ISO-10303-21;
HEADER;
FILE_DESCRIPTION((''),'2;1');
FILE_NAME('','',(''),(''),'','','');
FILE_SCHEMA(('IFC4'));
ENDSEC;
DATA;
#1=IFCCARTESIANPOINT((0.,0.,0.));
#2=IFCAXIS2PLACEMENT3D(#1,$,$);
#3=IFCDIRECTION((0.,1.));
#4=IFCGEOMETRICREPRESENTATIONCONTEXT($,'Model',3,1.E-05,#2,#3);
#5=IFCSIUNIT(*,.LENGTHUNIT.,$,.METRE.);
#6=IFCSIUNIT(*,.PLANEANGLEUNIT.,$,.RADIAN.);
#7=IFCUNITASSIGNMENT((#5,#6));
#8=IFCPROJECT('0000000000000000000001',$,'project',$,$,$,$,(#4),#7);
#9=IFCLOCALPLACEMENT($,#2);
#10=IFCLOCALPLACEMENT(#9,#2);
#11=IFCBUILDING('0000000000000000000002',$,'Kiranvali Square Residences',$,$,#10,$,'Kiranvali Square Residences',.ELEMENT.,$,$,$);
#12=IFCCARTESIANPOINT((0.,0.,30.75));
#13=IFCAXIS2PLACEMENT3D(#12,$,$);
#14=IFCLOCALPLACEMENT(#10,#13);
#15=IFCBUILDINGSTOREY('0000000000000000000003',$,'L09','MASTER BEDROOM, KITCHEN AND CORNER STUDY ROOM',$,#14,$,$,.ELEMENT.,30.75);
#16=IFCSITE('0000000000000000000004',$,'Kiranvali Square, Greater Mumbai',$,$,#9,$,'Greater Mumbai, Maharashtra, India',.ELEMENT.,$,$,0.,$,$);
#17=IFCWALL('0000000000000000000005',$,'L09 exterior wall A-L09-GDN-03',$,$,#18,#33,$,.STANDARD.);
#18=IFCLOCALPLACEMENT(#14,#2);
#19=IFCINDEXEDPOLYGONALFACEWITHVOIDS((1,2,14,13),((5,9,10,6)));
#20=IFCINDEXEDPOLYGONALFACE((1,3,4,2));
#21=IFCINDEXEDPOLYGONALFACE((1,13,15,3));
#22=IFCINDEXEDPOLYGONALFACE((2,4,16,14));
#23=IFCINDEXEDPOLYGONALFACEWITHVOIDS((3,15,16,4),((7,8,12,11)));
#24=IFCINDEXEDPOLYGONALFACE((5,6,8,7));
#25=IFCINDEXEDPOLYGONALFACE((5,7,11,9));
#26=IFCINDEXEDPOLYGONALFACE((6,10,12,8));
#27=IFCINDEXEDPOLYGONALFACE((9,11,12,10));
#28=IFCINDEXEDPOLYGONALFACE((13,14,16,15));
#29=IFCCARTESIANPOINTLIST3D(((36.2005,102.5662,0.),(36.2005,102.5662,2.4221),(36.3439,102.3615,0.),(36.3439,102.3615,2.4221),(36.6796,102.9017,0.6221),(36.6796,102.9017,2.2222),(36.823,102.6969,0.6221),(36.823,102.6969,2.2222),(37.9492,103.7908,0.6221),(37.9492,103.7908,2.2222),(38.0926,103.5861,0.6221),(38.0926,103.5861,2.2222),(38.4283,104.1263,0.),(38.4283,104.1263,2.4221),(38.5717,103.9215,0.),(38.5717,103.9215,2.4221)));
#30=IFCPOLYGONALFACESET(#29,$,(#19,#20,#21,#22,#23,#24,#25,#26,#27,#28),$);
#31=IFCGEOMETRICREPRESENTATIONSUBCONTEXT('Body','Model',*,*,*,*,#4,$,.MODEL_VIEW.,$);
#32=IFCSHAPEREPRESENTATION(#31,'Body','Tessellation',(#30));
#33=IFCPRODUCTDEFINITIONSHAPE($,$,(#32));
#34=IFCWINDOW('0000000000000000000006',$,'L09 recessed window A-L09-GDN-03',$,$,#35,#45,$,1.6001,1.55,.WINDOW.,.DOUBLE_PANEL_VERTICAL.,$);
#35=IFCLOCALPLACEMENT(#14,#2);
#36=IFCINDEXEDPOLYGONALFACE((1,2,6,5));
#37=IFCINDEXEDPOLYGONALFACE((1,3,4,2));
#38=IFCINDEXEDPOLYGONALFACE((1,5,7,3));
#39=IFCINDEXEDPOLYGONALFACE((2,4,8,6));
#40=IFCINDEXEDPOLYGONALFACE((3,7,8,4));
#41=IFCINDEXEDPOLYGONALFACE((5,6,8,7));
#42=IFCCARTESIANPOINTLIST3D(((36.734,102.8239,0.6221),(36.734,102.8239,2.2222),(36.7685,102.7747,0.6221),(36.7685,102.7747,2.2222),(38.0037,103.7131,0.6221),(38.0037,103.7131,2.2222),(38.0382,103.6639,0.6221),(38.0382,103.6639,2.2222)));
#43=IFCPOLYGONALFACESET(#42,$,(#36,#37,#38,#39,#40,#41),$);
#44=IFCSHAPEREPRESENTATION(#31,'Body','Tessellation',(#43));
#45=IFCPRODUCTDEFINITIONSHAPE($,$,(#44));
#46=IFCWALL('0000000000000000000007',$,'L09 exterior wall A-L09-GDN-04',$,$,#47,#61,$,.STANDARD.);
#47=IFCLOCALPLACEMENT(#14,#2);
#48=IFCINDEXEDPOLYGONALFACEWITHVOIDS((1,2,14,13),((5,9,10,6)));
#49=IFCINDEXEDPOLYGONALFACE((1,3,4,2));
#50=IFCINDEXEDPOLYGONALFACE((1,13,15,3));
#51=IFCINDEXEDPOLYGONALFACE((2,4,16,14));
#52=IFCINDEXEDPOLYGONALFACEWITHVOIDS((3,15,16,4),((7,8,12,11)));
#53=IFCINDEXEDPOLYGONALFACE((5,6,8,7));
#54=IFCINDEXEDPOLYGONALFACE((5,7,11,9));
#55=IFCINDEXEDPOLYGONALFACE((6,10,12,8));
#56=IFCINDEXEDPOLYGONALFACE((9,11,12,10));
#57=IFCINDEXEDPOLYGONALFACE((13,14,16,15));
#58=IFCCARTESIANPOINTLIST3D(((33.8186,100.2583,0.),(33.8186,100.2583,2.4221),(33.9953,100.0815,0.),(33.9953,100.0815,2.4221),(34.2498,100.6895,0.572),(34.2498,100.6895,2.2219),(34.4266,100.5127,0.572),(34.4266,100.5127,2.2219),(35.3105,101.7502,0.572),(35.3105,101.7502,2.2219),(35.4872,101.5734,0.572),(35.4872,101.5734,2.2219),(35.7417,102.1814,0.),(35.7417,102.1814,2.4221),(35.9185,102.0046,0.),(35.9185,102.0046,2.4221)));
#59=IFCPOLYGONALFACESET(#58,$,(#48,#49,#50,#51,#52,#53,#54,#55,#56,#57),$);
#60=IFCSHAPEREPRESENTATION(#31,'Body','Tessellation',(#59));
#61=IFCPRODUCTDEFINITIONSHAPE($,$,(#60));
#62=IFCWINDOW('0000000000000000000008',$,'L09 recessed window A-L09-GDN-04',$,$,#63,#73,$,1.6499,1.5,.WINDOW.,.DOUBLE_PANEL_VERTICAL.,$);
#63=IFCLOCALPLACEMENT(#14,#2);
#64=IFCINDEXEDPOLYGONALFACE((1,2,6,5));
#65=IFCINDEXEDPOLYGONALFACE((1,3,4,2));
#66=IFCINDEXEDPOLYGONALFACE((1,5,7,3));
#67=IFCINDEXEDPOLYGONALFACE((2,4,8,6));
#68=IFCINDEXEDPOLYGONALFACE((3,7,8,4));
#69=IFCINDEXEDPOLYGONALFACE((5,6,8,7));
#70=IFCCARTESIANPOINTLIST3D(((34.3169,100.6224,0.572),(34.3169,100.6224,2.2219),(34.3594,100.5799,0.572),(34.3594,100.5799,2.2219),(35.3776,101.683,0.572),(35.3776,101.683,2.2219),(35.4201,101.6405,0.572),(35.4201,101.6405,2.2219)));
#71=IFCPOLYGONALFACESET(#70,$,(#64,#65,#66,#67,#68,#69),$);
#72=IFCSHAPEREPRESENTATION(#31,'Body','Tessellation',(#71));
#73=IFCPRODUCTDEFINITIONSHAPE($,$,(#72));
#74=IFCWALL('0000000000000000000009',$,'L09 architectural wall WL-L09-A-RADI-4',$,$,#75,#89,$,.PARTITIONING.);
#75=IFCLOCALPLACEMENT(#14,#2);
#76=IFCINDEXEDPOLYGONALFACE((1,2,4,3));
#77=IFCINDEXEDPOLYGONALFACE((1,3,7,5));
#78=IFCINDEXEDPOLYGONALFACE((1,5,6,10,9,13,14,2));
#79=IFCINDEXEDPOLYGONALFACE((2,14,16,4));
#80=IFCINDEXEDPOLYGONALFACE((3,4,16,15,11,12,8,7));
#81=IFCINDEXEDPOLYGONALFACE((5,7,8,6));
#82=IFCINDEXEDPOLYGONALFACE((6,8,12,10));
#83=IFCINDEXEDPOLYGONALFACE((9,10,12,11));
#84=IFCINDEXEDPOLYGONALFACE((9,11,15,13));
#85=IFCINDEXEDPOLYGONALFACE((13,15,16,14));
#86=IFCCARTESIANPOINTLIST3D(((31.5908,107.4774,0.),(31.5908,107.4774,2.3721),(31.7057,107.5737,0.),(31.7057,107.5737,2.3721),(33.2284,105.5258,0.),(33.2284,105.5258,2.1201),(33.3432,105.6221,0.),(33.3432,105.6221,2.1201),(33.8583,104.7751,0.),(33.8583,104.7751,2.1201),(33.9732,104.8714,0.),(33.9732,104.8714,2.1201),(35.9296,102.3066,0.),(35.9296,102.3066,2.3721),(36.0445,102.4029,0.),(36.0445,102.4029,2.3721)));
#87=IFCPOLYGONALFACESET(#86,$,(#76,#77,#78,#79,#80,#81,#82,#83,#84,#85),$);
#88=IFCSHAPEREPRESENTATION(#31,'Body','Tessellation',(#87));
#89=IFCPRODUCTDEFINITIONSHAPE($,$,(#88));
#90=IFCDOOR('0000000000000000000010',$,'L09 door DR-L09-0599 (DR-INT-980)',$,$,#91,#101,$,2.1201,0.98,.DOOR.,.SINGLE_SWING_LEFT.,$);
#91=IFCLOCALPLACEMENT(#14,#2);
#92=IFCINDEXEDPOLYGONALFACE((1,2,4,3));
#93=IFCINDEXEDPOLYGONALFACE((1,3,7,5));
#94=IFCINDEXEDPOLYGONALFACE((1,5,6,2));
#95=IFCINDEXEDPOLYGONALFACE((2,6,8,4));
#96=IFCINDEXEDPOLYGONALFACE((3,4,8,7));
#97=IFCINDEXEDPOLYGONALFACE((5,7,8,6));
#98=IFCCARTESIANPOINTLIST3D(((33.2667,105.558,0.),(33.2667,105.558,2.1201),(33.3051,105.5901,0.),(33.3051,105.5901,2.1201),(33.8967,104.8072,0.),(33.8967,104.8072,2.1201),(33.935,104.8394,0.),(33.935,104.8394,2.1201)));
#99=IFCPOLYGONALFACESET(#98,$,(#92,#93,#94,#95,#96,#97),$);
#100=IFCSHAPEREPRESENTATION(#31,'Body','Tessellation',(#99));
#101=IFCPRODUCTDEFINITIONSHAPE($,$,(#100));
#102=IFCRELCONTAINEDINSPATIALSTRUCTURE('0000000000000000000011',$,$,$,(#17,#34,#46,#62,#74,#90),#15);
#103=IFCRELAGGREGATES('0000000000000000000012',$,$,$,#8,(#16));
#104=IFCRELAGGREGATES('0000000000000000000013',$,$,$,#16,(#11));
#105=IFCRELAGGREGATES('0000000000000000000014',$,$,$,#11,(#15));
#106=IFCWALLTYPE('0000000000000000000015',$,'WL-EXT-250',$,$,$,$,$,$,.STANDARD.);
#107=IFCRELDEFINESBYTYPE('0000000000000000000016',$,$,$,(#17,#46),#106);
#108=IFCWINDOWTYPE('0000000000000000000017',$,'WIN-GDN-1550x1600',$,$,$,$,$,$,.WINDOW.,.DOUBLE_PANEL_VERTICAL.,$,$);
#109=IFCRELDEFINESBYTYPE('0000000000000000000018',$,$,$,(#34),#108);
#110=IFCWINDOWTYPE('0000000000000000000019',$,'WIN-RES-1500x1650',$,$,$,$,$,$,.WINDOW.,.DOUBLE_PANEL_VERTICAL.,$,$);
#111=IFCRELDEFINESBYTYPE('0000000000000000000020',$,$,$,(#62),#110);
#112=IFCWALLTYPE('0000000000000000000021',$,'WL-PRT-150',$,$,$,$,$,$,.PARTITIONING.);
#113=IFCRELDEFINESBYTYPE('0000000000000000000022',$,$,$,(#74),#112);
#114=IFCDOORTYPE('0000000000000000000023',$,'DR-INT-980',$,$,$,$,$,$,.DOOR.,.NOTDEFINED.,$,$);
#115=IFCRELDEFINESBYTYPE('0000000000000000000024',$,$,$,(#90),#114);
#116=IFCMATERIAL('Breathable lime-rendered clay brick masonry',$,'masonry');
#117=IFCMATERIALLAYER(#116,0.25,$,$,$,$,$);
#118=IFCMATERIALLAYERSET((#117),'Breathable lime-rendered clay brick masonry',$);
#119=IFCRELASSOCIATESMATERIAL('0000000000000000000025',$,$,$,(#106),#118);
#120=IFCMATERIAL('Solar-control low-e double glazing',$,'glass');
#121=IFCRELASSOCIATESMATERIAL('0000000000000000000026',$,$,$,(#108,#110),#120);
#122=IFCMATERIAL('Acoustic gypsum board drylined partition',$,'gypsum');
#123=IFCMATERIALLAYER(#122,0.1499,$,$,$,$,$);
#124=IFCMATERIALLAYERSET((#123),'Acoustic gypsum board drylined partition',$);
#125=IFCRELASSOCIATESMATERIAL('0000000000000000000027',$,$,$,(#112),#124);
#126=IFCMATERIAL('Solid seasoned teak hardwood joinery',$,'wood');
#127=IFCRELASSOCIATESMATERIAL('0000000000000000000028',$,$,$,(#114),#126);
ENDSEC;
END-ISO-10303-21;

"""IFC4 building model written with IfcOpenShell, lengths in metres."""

from ifc_helpers import new_model, si_unit, direction, frame, frame_2d, origin, place, context, subcontext, project, spatial, rectangle, extrude, material, layer, layer_set, type_object, element, fill, save


model = new_model("IFC4")

# Units and contexts
model_context = context("Model", 3, precision=1e-05, world=origin(), true_north=direction((0.0, 1.0)))
body_context = subcontext(model_context, "Body", "Model", "MODEL_VIEW")
ifc_project = project(units=[si_unit("LENGTHUNIT", "METRE"), si_unit("PLANEANGLEUNIT", "RADIAN")], contexts=[model_context])

# Site, building, storey
site_placement = place(None, origin())
site = spatial("IfcSite", under=ifc_project, at=site_placement, Name="Kiranvali Square, Greater Mumbai", LongName="Greater Mumbai, Maharashtra, India", CompositionType="ELEMENT", RefElevation=0.0)
building_placement = place(site_placement, origin())
building = spatial("IfcBuilding", under=site, at=building_placement, Name="Kiranvali Square Residences", LongName="Kiranvali Square Residences", CompositionType="ELEMENT")
storey_placement = place(building_placement, frame((0.0, 0.0, 30.75)))
storey = spatial("IfcBuildingStorey", under=building, at=storey_placement, Name="L09", Description="MASTER BEDROOM, KITCHEN AND CORNER STUDY ROOM", CompositionType="ELEMENT", Elevation=30.75)

# Walls, openings, windows
ifc_material_1 = material(Name="Breathable lime-rendered clay brick masonry", Category="masonry")
ifc_layer_1 = layer(ifc_material_1, 0.25)
ifc_layer_set_1 = layer_set([ifc_layer_1], Name="Breathable lime-rendered clay brick masonry")
wall_type_1 = type_object("IfcWallType", Name="WL-EXT-250", PredefinedType="STANDARD", material=ifc_layer_set_1)
wall_1_placement = place(storey_placement, frame((38.5, 104.0239, 0.0), z_axis=(0.0, 0.0, 1.0), x_axis=(-0.819126, -0.573613, 0.0)))
wall_1 = element("IfcWall", 1, at=wall_1_placement, inside=storey, type_object=wall_type_1, Name="L09 exterior wall A-L09-GDN-03", PredefinedType="STANDARD", context=body_context, shape_type="SweptSolid", body=[
    extrude(rectangle(XDim=2.7197, YDim=0.25, at=frame_2d((1.3599, 0.0))), origin(), (0.0, 0.0, 1.0), 2.4221),
])
opening_1_placement = place(wall_1_placement, frame((0.585, 0.0, 0.6221)))
opening_1 = element("IfcOpeningElement", 2, at=opening_1_placement, cuts=wall_1, PredefinedType="OPENING", context=body_context, shape_type="SweptSolid", body=[
    extrude(rectangle(XDim=1.55, YDim=1.6001, at=frame_2d((0.7749, 0.8))), frame((0.0, 0.135, 0.0), z_axis=(0.0, -1.0, 0.0), x_axis=(1.0, 0.0, 0.0)), (0.0, 0.0, 1.0), 0.27),
])
ifc_material_2 = material(Name="Solar-control low-e double glazing", Category="glass")
window_type_1 = type_object("IfcWindowType", Name="WIN-GDN-1550x1600", PartitioningType="DOUBLE_PANEL_VERTICAL", PredefinedType="WINDOW", material=ifc_material_2)
window_1_placement = place(opening_1_placement, origin())
window_1 = element("IfcWindow", 3, at=window_1_placement, inside=storey, type_object=window_type_1, Name="L09 recessed window A-L09-GDN-03", OverallHeight=1.6001, OverallWidth=1.55, PartitioningType="DOUBLE_PANEL_VERTICAL", PredefinedType="WINDOW", context=body_context, shape_type="SweptSolid", body=[
    extrude(rectangle(XDim=1.55, YDim=1.6001, at=frame_2d((0.7749, 0.8))), frame((0.0, 0.03, 0.0), z_axis=(0.0, -1.0, 0.0), x_axis=(1.0, 0.0, 0.0)), (0.0, 0.0, 1.0), 0.0601),
])
fill(opening_1, window_1)
wall_2_placement = place(storey_placement, frame((35.8301, 102.093, 0.0), z_axis=(0.0, 0.0, 1.0), x_axis=(-0.707107, -0.707107, 0.0)))
wall_2 = element("IfcWall", 4, at=wall_2_placement, inside=storey, type_object=wall_type_1, Name="L09 exterior wall A-L09-GDN-04", PredefinedType="STANDARD", context=body_context, shape_type="SweptSolid", body=[
    extrude(rectangle(XDim=2.7197, YDim=0.25, at=frame_2d((1.3599, 0.0))), origin(), (0.0, 0.0, 1.0), 2.4221),
])
opening_2_placement = place(wall_2_placement, frame((0.6099, 0.0, 0.572)))
opening_2 = element("IfcOpeningElement", 5, at=opening_2_placement, cuts=wall_2, PredefinedType="OPENING", context=body_context, shape_type="SweptSolid", body=[
    extrude(rectangle(XDim=1.5, YDim=1.6499, at=frame_2d((0.75, 0.825))), frame((0.0, 0.135, 0.0), z_axis=(0.0, -1.0, 0.0), x_axis=(1.0, 0.0, 0.0)), (0.0, 0.0, 1.0), 0.27),
])
window_type_2 = type_object("IfcWindowType", Name="WIN-RES-1500x1650", PartitioningType="DOUBLE_PANEL_VERTICAL", PredefinedType="WINDOW", material=ifc_material_2)
window_2_placement = place(opening_2_placement, origin())
window_2 = element("IfcWindow", 6, at=window_2_placement, inside=storey, type_object=window_type_2, Name="L09 recessed window A-L09-GDN-04", OverallHeight=1.6499, OverallWidth=1.5, PartitioningType="DOUBLE_PANEL_VERTICAL", PredefinedType="WINDOW", context=body_context, shape_type="SweptSolid", body=[
    extrude(rectangle(XDim=1.5, YDim=1.6499, at=frame_2d((0.75, 0.825))), frame((0.0, 0.03, 0.0), z_axis=(0.0, -1.0, 0.0), x_axis=(1.0, 0.0, 0.0)), (0.0, 0.0, 1.0), 0.0601),
])
fill(opening_2, window_2)

# Wall, opening, door
ifc_material_3 = material(Name="Acoustic gypsum board drylined partition", Category="gypsum")
ifc_layer_2 = layer(ifc_material_3, 0.1499)
ifc_layer_set_2 = layer_set([ifc_layer_2], Name="Acoustic gypsum board drylined partition")
wall_type_2 = type_object("IfcWallType", Name="WL-PRT-150", PredefinedType="PARTITIONING", material=ifc_layer_set_2)
wall_3_placement = place(storey_placement, frame((35.9871, 102.3547, 0.0), z_axis=(0.0, 0.0, 1.0), x_axis=(-0.642785, 0.766047, 0.0)))
wall_3 = element("IfcWall", 7, at=wall_3_placement, inside=storey, type_object=wall_type_2, Name="L09 architectural wall WL-L09-A-RADI-4", PredefinedType="PARTITIONING", context=body_context, shape_type="SweptSolid", body=[
    extrude(rectangle(XDim=6.75, YDim=0.1499, at=frame_2d((3.375, 0.0))), origin(), (0.0, 0.0, 1.0), 2.3721),
])
opening_3_placement = place(wall_3_placement, frame((3.2224, 0.0, 0.0)))
opening_3 = element("IfcOpeningElement", 8, at=opening_3_placement, cuts=wall_3, PredefinedType="OPENING", context=body_context, shape_type="SweptSolid", body=[
    extrude(rectangle(XDim=0.98, YDim=2.1201, at=frame_2d((0.49, 1.0601))), frame((0.0, 0.085, 0.0), z_axis=(0.0, -1.0, 0.0), x_axis=(1.0, 0.0, 0.0)), (0.0, 0.0, 1.0), 0.1699),
])
ifc_material_4 = material(Name="Solid seasoned teak hardwood joinery", Category="wood")
door_type = type_object("IfcDoorType", Name="DR-INT-980", OperationType="NOTDEFINED", PredefinedType="DOOR", material=ifc_material_4)
door_placement = place(opening_3_placement, origin())
door = element("IfcDoor", 9, at=door_placement, inside=storey, type_object=door_type, Name="L09 door DR-L09-0599 (DR-INT-980)", OperationType="SINGLE_SWING_LEFT", OverallHeight=2.1201, OverallWidth=0.98, PredefinedType="DOOR", context=body_context, shape_type="SweptSolid", body=[
    extrude(rectangle(XDim=0.98, YDim=2.1201, at=frame_2d((0.49, 1.0601))), frame((0.0, 0.0249, 0.0), z_axis=(0.0, -1.0, 0.0), x_axis=(1.0, 0.0, 0.0)), (0.0, 0.0, 1.0), 0.05),
])
fill(opening_3, door)

save(model, "model.ifc")
